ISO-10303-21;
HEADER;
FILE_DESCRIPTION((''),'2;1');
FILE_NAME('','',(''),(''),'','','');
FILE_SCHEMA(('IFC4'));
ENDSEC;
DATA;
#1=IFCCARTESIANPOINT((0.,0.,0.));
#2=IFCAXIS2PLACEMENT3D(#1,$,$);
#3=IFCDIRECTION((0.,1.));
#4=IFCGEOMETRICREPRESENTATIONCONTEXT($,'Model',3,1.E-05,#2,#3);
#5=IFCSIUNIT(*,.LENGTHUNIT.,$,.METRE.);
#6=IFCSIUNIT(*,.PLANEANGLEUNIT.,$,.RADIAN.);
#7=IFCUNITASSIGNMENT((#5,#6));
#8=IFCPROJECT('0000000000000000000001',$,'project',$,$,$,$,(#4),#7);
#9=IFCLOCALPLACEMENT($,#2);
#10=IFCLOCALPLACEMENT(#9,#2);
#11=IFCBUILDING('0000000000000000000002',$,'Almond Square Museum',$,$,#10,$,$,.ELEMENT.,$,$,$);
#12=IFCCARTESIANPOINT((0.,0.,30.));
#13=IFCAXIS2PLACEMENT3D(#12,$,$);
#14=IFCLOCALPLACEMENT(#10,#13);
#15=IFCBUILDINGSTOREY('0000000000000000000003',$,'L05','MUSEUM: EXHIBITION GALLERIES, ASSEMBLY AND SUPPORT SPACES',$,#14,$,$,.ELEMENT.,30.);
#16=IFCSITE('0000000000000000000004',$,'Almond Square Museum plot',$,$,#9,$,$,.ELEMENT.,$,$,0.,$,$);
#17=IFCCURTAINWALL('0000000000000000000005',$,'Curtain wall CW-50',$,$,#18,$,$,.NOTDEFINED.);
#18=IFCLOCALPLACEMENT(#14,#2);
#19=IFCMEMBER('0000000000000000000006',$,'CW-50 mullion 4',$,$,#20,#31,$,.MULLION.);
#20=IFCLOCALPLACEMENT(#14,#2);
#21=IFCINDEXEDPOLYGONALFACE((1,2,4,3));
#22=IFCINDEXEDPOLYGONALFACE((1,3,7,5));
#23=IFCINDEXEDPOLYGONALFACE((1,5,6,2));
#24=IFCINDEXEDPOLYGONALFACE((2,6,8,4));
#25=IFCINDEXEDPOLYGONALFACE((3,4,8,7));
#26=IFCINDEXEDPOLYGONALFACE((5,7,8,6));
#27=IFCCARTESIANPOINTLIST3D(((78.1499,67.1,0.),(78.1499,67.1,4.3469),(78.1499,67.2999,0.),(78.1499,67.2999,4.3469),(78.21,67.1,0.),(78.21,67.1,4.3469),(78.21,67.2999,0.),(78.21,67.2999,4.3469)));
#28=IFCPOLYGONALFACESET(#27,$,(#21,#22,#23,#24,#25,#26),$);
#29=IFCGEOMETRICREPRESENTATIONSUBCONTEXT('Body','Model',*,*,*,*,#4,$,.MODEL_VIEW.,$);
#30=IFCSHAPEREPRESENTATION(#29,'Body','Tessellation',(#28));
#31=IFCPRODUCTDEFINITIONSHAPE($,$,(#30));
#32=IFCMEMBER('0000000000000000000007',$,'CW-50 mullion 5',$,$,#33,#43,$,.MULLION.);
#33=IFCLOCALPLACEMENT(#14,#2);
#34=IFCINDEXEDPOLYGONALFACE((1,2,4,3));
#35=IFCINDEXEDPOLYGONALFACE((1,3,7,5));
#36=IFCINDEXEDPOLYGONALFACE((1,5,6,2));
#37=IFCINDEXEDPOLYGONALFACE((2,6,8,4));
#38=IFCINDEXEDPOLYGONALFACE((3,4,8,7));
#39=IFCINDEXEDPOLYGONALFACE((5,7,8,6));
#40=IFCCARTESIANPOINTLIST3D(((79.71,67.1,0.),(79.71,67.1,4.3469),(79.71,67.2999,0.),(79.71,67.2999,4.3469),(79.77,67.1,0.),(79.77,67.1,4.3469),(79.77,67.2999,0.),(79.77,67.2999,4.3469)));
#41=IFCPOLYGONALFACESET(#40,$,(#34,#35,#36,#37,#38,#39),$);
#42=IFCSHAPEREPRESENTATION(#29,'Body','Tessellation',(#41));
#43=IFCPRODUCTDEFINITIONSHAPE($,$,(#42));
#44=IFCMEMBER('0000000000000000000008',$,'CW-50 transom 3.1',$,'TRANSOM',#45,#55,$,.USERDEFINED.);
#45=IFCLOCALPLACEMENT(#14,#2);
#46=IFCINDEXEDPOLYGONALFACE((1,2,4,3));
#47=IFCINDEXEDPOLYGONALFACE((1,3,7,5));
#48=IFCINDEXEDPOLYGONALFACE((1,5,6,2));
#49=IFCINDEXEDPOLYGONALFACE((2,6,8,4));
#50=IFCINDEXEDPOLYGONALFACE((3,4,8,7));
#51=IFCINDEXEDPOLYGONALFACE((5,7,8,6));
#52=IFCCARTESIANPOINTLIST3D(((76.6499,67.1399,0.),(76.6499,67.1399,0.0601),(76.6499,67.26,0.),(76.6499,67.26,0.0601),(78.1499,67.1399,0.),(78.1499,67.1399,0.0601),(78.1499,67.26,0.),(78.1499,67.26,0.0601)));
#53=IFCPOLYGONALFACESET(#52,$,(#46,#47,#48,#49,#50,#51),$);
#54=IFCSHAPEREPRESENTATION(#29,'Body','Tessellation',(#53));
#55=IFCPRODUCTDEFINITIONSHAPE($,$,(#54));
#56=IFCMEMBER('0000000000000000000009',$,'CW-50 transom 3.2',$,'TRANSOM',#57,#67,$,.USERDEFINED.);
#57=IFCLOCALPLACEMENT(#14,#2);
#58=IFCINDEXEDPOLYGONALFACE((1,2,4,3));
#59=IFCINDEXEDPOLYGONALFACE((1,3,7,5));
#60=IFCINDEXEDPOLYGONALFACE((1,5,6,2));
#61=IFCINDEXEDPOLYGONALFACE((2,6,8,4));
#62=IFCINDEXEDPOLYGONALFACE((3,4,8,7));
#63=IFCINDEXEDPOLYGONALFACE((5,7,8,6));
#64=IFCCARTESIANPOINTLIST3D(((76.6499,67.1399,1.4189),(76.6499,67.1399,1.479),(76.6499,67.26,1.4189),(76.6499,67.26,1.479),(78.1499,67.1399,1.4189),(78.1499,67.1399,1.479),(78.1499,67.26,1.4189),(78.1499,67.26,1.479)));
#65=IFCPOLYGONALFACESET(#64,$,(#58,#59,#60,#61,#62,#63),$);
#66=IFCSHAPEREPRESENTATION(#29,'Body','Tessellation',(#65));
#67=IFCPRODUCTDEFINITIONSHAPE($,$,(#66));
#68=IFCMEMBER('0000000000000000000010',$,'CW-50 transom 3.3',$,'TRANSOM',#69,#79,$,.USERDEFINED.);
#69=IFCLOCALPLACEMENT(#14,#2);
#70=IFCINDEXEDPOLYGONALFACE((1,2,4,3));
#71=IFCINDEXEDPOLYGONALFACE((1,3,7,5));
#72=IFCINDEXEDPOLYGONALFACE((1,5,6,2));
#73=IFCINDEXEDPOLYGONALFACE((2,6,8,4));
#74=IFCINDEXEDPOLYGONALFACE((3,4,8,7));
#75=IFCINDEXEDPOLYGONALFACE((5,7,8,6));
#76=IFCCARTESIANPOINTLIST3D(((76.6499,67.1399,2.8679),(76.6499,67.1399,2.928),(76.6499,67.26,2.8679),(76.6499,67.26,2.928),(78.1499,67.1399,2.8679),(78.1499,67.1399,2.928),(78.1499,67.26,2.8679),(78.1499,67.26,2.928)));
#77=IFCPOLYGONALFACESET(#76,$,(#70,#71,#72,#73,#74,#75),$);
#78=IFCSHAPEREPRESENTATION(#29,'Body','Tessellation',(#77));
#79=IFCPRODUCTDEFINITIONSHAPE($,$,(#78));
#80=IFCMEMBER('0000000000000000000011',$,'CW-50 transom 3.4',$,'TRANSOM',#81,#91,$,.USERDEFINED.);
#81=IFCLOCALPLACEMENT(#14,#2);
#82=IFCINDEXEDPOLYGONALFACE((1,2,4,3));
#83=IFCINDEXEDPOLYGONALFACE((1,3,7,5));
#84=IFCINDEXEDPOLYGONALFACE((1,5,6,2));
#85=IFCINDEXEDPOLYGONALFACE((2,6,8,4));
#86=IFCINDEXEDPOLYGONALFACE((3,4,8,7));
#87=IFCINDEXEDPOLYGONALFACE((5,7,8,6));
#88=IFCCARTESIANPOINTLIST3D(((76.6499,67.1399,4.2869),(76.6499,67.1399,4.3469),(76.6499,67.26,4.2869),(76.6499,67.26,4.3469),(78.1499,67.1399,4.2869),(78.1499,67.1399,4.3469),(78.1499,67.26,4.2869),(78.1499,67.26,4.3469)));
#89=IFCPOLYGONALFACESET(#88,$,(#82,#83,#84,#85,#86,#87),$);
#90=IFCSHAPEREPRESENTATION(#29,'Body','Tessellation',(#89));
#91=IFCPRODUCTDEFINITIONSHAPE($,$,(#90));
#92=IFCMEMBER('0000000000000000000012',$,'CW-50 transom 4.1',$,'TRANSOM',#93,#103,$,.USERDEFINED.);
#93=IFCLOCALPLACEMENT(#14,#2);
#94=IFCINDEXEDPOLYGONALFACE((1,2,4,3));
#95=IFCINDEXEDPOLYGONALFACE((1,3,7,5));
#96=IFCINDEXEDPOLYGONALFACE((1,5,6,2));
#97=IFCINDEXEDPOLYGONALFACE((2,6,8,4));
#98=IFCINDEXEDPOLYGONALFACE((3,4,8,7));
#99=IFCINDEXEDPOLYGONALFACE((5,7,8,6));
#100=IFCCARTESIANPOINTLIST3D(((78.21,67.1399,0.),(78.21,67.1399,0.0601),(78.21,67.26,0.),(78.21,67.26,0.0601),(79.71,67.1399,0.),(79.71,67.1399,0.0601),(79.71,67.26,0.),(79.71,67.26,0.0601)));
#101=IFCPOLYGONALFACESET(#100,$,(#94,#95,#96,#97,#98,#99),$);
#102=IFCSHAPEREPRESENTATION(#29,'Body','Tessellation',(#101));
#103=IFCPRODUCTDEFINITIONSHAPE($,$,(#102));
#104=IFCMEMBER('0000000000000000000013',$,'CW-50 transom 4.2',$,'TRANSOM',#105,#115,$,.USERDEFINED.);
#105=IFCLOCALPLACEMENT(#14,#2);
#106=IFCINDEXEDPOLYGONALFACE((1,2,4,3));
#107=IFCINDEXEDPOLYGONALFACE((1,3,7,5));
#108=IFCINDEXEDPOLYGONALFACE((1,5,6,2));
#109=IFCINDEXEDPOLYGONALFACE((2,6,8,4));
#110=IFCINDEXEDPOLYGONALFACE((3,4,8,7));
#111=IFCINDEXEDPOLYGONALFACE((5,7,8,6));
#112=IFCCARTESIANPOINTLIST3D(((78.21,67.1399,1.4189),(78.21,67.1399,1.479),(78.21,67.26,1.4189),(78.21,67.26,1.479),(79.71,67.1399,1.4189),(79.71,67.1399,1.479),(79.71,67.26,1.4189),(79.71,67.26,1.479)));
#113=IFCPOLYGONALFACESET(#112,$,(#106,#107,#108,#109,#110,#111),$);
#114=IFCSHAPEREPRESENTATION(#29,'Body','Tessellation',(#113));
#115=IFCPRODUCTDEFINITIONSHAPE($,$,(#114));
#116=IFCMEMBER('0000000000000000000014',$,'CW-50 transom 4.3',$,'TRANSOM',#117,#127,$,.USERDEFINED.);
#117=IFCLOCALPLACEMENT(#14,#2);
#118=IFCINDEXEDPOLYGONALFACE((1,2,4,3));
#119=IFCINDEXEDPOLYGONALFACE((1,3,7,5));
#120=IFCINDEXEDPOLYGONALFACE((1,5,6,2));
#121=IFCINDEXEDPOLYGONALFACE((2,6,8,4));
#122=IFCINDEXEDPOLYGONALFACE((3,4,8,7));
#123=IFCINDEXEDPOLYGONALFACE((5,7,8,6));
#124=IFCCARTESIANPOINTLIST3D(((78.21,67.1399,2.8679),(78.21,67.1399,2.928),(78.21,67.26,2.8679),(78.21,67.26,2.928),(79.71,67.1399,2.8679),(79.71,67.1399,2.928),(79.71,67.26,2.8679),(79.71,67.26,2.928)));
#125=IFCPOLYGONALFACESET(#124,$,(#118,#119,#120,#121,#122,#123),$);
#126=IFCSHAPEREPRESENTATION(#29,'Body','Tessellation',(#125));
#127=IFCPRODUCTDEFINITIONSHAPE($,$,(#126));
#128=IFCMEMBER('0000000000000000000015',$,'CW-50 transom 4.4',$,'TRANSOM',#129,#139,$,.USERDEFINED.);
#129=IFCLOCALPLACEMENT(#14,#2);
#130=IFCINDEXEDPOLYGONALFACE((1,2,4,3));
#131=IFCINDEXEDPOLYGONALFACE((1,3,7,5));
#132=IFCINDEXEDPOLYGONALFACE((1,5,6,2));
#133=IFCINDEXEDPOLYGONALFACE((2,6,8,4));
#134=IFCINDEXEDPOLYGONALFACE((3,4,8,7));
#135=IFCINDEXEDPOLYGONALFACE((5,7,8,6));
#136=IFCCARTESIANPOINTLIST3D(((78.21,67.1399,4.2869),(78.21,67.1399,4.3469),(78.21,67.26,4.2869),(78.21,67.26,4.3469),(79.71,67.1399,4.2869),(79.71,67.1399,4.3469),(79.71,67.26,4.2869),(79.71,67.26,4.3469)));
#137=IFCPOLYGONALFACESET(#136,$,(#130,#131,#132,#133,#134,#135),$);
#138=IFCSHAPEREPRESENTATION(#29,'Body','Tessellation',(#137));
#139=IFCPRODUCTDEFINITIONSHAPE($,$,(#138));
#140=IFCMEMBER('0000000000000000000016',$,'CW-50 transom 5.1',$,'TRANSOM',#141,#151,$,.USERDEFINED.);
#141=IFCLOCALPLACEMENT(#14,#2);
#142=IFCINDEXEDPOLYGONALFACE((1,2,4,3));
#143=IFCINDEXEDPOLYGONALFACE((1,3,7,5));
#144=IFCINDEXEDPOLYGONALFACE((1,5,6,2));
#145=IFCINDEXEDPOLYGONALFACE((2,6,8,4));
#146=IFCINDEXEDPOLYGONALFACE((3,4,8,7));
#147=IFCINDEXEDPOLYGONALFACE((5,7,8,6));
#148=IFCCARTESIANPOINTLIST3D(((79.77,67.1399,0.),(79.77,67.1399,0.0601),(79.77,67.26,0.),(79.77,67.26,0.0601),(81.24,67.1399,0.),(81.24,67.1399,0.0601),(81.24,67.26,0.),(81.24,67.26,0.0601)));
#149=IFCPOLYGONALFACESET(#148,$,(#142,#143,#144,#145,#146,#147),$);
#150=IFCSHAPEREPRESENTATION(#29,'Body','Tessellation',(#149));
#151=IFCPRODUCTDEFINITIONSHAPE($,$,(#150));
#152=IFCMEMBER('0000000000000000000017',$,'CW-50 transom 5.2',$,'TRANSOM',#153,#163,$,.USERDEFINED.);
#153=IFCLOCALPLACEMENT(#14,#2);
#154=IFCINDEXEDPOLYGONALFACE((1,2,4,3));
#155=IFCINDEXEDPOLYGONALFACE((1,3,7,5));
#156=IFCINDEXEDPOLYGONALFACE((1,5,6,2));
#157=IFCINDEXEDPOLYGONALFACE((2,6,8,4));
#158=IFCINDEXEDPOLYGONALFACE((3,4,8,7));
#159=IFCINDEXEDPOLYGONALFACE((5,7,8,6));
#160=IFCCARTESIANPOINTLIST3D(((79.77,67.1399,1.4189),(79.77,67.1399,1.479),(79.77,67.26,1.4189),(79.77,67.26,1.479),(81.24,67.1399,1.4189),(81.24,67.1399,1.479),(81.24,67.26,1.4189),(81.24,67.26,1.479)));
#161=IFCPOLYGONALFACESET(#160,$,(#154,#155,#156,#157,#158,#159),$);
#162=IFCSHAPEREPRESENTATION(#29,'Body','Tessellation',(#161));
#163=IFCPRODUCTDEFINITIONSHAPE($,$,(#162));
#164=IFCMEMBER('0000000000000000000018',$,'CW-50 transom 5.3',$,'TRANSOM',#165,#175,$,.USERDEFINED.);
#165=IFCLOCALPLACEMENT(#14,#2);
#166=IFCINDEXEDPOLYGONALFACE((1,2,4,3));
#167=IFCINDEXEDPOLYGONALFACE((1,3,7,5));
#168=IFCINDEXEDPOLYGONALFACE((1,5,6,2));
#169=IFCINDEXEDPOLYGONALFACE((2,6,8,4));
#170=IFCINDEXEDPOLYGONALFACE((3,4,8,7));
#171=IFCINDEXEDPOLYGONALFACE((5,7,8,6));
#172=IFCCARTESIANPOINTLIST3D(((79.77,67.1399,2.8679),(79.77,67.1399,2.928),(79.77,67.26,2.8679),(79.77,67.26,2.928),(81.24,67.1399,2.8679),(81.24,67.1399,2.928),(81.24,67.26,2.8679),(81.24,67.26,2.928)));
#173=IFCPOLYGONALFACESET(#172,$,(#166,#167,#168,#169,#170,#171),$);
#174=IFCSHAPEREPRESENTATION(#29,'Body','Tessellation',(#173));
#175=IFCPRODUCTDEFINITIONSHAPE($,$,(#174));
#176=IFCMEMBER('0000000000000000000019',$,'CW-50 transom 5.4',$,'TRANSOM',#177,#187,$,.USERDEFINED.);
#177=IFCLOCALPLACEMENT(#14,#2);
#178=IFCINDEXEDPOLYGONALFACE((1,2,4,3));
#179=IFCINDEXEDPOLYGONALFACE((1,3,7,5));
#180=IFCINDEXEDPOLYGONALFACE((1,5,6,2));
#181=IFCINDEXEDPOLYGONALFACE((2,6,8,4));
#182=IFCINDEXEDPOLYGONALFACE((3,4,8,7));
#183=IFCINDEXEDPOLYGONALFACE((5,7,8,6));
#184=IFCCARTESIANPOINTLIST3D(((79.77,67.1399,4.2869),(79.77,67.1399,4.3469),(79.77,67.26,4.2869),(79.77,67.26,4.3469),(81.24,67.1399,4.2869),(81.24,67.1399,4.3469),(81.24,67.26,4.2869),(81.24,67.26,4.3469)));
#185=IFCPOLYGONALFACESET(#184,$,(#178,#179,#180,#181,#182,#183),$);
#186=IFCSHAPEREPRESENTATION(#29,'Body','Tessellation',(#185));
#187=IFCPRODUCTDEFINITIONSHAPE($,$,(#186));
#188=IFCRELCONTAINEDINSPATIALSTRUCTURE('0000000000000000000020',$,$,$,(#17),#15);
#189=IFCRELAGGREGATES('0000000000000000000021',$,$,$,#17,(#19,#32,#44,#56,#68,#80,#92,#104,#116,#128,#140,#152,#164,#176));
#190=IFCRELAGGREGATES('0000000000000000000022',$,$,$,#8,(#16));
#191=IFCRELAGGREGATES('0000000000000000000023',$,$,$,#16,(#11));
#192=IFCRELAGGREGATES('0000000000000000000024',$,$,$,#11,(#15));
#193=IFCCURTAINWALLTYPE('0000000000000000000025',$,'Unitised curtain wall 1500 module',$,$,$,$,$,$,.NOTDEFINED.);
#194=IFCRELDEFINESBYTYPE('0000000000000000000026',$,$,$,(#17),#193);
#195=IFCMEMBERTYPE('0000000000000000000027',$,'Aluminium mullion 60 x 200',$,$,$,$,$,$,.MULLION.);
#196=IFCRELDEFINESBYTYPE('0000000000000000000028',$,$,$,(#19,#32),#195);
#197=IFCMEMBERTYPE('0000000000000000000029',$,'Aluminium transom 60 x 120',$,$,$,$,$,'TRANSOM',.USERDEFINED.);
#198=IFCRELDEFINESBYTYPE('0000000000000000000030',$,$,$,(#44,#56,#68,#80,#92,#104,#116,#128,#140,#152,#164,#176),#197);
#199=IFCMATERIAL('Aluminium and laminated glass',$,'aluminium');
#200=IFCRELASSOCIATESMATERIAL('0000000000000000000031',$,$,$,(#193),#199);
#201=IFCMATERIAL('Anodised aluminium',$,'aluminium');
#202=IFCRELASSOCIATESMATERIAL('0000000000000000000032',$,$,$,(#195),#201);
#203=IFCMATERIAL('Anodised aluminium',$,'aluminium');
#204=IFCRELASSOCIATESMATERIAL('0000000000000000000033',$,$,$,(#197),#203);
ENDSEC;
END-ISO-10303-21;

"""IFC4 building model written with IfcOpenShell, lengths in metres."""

from ifc_helpers import new_model, si_unit, direction, frame, origin, origin_2d, place, context, subcontext, project, spatial, rectangle, extrude, material, material_profile, profile_set, type_object, element, aggregate, save


model = new_model("IFC4")

# Units and contexts
model_context = context("Model", 3, precision=1e-05, world=origin(), true_north=direction((0.0, 1.0)))
body_context = subcontext(model_context, "Body", "Model", "MODEL_VIEW")
ifc_project = project(units=[si_unit("LENGTHUNIT", "METRE"), si_unit("PLANEANGLEUNIT", "RADIAN")], contexts=[model_context])

# Site, building, storey
site_placement = place(None, origin())
site = spatial("IfcSite", under=ifc_project, at=site_placement, Name="Almond Square Museum plot", CompositionType="ELEMENT", RefElevation=0.0)
building_placement = place(site_placement, origin())
building = spatial("IfcBuilding", under=site, at=building_placement, Name="Almond Square Museum", CompositionType="ELEMENT")
storey_placement = place(building_placement, frame((0.0, 0.0, 30.0)))
storey = spatial("IfcBuildingStorey", under=building, at=storey_placement, Name="L05", Description="MUSEUM: EXHIBITION GALLERIES, ASSEMBLY AND SUPPORT SPACES", CompositionType="ELEMENT", Elevation=30.0)

# Curtain wall, members
ifc_material_1 = material(Name="Aluminium and laminated glass", Category="aluminium")
curtain_wall_type = type_object("IfcCurtainWallType", Name="Unitised curtain wall 1500 module", PredefinedType="NOTDEFINED", material=ifc_material_1)
curtain_wall_placement = place(storey_placement, origin())
curtain_wall = element("IfcCurtainWall", 1, at=curtain_wall_placement, inside=storey, type_object=curtain_wall_type, Name="Curtain wall CW-50", PredefinedType="NOTDEFINED")
ifc_material_2 = material(Name="Anodised aluminium", Category="aluminium")
ifc_material_profile_1 = material_profile(ifc_material_2, rectangle(XDim=0.2, YDim=0.0601, at=origin_2d()))
ifc_profile_set_1 = profile_set([ifc_material_profile_1], Name="Anodised aluminium")
member_type_1 = type_object("IfcMemberType", Name="Aluminium mullion 60 x 200", PredefinedType="MULLION", material=ifc_profile_set_1)
member_1_placement = place(storey_placement, frame((78.1799, 67.2, 0.0), z_axis=(0.0, 0.0, 1.0), x_axis=(0.0, 1.0, 0.0)))
member_1 = element("IfcMember", 2, at=member_1_placement, type_object=member_type_1, Name="CW-50 mullion 4", PredefinedType="MULLION", context=body_context, shape_type="SweptSolid", body=[
    extrude(rectangle(XDim=0.2, YDim=0.0601, at=origin_2d()), origin(), (0.0, 0.0, 1.0), 4.3469),
])
member_2_placement = place(storey_placement, frame((79.74, 67.2, 0.0), z_axis=(0.0, 0.0, 1.0), x_axis=(0.0, 1.0, 0.0)))
member_2 = element("IfcMember", 3, at=member_2_placement, type_object=member_type_1, Name="CW-50 mullion 5", PredefinedType="MULLION", context=body_context, shape_type="SweptSolid", body=[
    extrude(rectangle(XDim=0.2, YDim=0.0601, at=origin_2d()), origin(), (0.0, 0.0, 1.0), 4.3469),
])
ifc_material_3 = material(Name="Anodised aluminium", Category="aluminium")
ifc_material_profile_2 = material_profile(ifc_material_3, rectangle(XDim=0.1201, YDim=0.0601, at=origin_2d()))
ifc_profile_set_2 = profile_set([ifc_material_profile_2], Name="Anodised aluminium")
member_type_2 = type_object("IfcMemberType", Name="Aluminium transom 60 x 120", ElementType="TRANSOM", PredefinedType="USERDEFINED", material=ifc_profile_set_2)
member_3_placement = place(storey_placement, frame((76.6499, 67.2, 0.03), z_axis=(1.0, 0.0, 0.0), x_axis=(0.0, 1.0, 0.0)))
member_3 = element("IfcMember", 4, at=member_3_placement, type_object=member_type_2, Name="CW-50 transom 3.1", ObjectType="TRANSOM", PredefinedType="USERDEFINED", context=body_context, shape_type="SweptSolid", body=[
    extrude(rectangle(XDim=0.1201, YDim=0.0601, at=origin_2d()), origin(), (0.0, 0.0, 1.0), 1.5),
])
member_4_placement = place(storey_placement, frame((76.6499, 67.2, 1.449), z_axis=(1.0, 0.0, 0.0), x_axis=(0.0, 1.0, 0.0)))
member_4 = element("IfcMember", 5, at=member_4_placement, type_object=member_type_2, Name="CW-50 transom 3.2", ObjectType="TRANSOM", PredefinedType="USERDEFINED", context=body_context, shape_type="SweptSolid", body=[
    extrude(rectangle(XDim=0.1201, YDim=0.0601, at=origin_2d()), origin(), (0.0, 0.0, 1.0), 1.5),
])
member_5_placement = place(storey_placement, frame((76.6499, 67.2, 2.8979), z_axis=(1.0, 0.0, 0.0), x_axis=(0.0, 1.0, 0.0)))
member_5 = element("IfcMember", 6, at=member_5_placement, type_object=member_type_2, Name="CW-50 transom 3.3", ObjectType="TRANSOM", PredefinedType="USERDEFINED", context=body_context, shape_type="SweptSolid", body=[
    extrude(rectangle(XDim=0.1201, YDim=0.0601, at=origin_2d()), origin(), (0.0, 0.0, 1.0), 1.5),
])
member_6_placement = place(storey_placement, frame((76.6499, 67.2, 4.3169), z_axis=(1.0, 0.0, 0.0), x_axis=(0.0, 1.0, 0.0)))
member_6 = element("IfcMember", 7, at=member_6_placement, type_object=member_type_2, Name="CW-50 transom 3.4", ObjectType="TRANSOM", PredefinedType="USERDEFINED", context=body_context, shape_type="SweptSolid", body=[
    extrude(rectangle(XDim=0.1201, YDim=0.0601, at=origin_2d()), origin(), (0.0, 0.0, 1.0), 1.5),
])
member_7_placement = place(storey_placement, frame((78.21, 67.2, 0.03), z_axis=(1.0, 0.0, 0.0), x_axis=(0.0, 1.0, 0.0)))
member_7 = element("IfcMember", 8, at=member_7_placement, type_object=member_type_2, Name="CW-50 transom 4.1", ObjectType="TRANSOM", PredefinedType="USERDEFINED", context=body_context, shape_type="SweptSolid", body=[
    extrude(rectangle(XDim=0.1201, YDim=0.0601, at=origin_2d()), origin(), (0.0, 0.0, 1.0), 1.5),
])
member_8_placement = place(storey_placement, frame((78.21, 67.2, 1.449), z_axis=(1.0, 0.0, 0.0), x_axis=(0.0, 1.0, 0.0)))
member_8 = element("IfcMember", 9, at=member_8_placement, type_object=member_type_2, Name="CW-50 transom 4.2", ObjectType="TRANSOM", PredefinedType="USERDEFINED", context=body_context, shape_type="SweptSolid", body=[
    extrude(rectangle(XDim=0.1201, YDim=0.0601, at=origin_2d()), origin(), (0.0, 0.0, 1.0), 1.5),
])
member_9_placement = place(storey_placement, frame((78.21, 67.2, 2.8979), z_axis=(1.0, 0.0, 0.0), x_axis=(0.0, 1.0, 0.0)))
member_9 = element("IfcMember", 10, at=member_9_placement, type_object=member_type_2, Name="CW-50 transom 4.3", ObjectType="TRANSOM", PredefinedType="USERDEFINED", context=body_context, shape_type="SweptSolid", body=[
    extrude(rectangle(XDim=0.1201, YDim=0.0601, at=origin_2d()), origin(), (0.0, 0.0, 1.0), 1.5),
])
member_10_placement = place(storey_placement, frame((78.21, 67.2, 4.3169), z_axis=(1.0, 0.0, 0.0), x_axis=(0.0, 1.0, 0.0)))
member_10 = element("IfcMember", 11, at=member_10_placement, type_object=member_type_2, Name="CW-50 transom 4.4", ObjectType="TRANSOM", PredefinedType="USERDEFINED", context=body_context, shape_type="SweptSolid", body=[
    extrude(rectangle(XDim=0.1201, YDim=0.0601, at=origin_2d()), origin(), (0.0, 0.0, 1.0), 1.5),
])
member_11_placement = place(storey_placement, frame((79.77, 67.2, 0.03), z_axis=(1.0, 0.0, 0.0), x_axis=(0.0, 1.0, 0.0)))
member_11 = element("IfcMember", 12, at=member_11_placement, type_object=member_type_2, Name="CW-50 transom 5.1", ObjectType="TRANSOM", PredefinedType="USERDEFINED", context=body_context, shape_type="SweptSolid", body=[
    extrude(rectangle(XDim=0.1201, YDim=0.0601, at=origin_2d()), origin(), (0.0, 0.0, 1.0), 1.47),
])
member_12_placement = place(storey_placement, frame((79.77, 67.2, 1.449), z_axis=(1.0, 0.0, 0.0), x_axis=(0.0, 1.0, 0.0)))
member_12 = element("IfcMember", 13, at=member_12_placement, type_object=member_type_2, Name="CW-50 transom 5.2", ObjectType="TRANSOM", PredefinedType="USERDEFINED", context=body_context, shape_type="SweptSolid", body=[
    extrude(rectangle(XDim=0.1201, YDim=0.0601, at=origin_2d()), origin(), (0.0, 0.0, 1.0), 1.47),
])
member_13_placement = place(storey_placement, frame((79.77, 67.2, 2.8979), z_axis=(1.0, 0.0, 0.0), x_axis=(0.0, 1.0, 0.0)))
member_13 = element("IfcMember", 14, at=member_13_placement, type_object=member_type_2, Name="CW-50 transom 5.3", ObjectType="TRANSOM", PredefinedType="USERDEFINED", context=body_context, shape_type="SweptSolid", body=[
    extrude(rectangle(XDim=0.1201, YDim=0.0601, at=origin_2d()), origin(), (0.0, 0.0, 1.0), 1.47),
])
member_14_placement = place(storey_placement, frame((79.77, 67.2, 4.3169), z_axis=(1.0, 0.0, 0.0), x_axis=(0.0, 1.0, 0.0)))
member_14 = element("IfcMember", 15, at=member_14_placement, type_object=member_type_2, Name="CW-50 transom 5.4", ObjectType="TRANSOM", PredefinedType="USERDEFINED", context=body_context, shape_type="SweptSolid", body=[
    extrude(rectangle(XDim=0.1201, YDim=0.0601, at=origin_2d()), origin(), (0.0, 0.0, 1.0), 1.47),
])

aggregate(curtain_wall, [member_1, member_2, member_3, member_4, member_5, member_6, member_7, member_8, member_9, member_10, member_11, member_12, member_13, member_14])

save(model, "model.ifc")
